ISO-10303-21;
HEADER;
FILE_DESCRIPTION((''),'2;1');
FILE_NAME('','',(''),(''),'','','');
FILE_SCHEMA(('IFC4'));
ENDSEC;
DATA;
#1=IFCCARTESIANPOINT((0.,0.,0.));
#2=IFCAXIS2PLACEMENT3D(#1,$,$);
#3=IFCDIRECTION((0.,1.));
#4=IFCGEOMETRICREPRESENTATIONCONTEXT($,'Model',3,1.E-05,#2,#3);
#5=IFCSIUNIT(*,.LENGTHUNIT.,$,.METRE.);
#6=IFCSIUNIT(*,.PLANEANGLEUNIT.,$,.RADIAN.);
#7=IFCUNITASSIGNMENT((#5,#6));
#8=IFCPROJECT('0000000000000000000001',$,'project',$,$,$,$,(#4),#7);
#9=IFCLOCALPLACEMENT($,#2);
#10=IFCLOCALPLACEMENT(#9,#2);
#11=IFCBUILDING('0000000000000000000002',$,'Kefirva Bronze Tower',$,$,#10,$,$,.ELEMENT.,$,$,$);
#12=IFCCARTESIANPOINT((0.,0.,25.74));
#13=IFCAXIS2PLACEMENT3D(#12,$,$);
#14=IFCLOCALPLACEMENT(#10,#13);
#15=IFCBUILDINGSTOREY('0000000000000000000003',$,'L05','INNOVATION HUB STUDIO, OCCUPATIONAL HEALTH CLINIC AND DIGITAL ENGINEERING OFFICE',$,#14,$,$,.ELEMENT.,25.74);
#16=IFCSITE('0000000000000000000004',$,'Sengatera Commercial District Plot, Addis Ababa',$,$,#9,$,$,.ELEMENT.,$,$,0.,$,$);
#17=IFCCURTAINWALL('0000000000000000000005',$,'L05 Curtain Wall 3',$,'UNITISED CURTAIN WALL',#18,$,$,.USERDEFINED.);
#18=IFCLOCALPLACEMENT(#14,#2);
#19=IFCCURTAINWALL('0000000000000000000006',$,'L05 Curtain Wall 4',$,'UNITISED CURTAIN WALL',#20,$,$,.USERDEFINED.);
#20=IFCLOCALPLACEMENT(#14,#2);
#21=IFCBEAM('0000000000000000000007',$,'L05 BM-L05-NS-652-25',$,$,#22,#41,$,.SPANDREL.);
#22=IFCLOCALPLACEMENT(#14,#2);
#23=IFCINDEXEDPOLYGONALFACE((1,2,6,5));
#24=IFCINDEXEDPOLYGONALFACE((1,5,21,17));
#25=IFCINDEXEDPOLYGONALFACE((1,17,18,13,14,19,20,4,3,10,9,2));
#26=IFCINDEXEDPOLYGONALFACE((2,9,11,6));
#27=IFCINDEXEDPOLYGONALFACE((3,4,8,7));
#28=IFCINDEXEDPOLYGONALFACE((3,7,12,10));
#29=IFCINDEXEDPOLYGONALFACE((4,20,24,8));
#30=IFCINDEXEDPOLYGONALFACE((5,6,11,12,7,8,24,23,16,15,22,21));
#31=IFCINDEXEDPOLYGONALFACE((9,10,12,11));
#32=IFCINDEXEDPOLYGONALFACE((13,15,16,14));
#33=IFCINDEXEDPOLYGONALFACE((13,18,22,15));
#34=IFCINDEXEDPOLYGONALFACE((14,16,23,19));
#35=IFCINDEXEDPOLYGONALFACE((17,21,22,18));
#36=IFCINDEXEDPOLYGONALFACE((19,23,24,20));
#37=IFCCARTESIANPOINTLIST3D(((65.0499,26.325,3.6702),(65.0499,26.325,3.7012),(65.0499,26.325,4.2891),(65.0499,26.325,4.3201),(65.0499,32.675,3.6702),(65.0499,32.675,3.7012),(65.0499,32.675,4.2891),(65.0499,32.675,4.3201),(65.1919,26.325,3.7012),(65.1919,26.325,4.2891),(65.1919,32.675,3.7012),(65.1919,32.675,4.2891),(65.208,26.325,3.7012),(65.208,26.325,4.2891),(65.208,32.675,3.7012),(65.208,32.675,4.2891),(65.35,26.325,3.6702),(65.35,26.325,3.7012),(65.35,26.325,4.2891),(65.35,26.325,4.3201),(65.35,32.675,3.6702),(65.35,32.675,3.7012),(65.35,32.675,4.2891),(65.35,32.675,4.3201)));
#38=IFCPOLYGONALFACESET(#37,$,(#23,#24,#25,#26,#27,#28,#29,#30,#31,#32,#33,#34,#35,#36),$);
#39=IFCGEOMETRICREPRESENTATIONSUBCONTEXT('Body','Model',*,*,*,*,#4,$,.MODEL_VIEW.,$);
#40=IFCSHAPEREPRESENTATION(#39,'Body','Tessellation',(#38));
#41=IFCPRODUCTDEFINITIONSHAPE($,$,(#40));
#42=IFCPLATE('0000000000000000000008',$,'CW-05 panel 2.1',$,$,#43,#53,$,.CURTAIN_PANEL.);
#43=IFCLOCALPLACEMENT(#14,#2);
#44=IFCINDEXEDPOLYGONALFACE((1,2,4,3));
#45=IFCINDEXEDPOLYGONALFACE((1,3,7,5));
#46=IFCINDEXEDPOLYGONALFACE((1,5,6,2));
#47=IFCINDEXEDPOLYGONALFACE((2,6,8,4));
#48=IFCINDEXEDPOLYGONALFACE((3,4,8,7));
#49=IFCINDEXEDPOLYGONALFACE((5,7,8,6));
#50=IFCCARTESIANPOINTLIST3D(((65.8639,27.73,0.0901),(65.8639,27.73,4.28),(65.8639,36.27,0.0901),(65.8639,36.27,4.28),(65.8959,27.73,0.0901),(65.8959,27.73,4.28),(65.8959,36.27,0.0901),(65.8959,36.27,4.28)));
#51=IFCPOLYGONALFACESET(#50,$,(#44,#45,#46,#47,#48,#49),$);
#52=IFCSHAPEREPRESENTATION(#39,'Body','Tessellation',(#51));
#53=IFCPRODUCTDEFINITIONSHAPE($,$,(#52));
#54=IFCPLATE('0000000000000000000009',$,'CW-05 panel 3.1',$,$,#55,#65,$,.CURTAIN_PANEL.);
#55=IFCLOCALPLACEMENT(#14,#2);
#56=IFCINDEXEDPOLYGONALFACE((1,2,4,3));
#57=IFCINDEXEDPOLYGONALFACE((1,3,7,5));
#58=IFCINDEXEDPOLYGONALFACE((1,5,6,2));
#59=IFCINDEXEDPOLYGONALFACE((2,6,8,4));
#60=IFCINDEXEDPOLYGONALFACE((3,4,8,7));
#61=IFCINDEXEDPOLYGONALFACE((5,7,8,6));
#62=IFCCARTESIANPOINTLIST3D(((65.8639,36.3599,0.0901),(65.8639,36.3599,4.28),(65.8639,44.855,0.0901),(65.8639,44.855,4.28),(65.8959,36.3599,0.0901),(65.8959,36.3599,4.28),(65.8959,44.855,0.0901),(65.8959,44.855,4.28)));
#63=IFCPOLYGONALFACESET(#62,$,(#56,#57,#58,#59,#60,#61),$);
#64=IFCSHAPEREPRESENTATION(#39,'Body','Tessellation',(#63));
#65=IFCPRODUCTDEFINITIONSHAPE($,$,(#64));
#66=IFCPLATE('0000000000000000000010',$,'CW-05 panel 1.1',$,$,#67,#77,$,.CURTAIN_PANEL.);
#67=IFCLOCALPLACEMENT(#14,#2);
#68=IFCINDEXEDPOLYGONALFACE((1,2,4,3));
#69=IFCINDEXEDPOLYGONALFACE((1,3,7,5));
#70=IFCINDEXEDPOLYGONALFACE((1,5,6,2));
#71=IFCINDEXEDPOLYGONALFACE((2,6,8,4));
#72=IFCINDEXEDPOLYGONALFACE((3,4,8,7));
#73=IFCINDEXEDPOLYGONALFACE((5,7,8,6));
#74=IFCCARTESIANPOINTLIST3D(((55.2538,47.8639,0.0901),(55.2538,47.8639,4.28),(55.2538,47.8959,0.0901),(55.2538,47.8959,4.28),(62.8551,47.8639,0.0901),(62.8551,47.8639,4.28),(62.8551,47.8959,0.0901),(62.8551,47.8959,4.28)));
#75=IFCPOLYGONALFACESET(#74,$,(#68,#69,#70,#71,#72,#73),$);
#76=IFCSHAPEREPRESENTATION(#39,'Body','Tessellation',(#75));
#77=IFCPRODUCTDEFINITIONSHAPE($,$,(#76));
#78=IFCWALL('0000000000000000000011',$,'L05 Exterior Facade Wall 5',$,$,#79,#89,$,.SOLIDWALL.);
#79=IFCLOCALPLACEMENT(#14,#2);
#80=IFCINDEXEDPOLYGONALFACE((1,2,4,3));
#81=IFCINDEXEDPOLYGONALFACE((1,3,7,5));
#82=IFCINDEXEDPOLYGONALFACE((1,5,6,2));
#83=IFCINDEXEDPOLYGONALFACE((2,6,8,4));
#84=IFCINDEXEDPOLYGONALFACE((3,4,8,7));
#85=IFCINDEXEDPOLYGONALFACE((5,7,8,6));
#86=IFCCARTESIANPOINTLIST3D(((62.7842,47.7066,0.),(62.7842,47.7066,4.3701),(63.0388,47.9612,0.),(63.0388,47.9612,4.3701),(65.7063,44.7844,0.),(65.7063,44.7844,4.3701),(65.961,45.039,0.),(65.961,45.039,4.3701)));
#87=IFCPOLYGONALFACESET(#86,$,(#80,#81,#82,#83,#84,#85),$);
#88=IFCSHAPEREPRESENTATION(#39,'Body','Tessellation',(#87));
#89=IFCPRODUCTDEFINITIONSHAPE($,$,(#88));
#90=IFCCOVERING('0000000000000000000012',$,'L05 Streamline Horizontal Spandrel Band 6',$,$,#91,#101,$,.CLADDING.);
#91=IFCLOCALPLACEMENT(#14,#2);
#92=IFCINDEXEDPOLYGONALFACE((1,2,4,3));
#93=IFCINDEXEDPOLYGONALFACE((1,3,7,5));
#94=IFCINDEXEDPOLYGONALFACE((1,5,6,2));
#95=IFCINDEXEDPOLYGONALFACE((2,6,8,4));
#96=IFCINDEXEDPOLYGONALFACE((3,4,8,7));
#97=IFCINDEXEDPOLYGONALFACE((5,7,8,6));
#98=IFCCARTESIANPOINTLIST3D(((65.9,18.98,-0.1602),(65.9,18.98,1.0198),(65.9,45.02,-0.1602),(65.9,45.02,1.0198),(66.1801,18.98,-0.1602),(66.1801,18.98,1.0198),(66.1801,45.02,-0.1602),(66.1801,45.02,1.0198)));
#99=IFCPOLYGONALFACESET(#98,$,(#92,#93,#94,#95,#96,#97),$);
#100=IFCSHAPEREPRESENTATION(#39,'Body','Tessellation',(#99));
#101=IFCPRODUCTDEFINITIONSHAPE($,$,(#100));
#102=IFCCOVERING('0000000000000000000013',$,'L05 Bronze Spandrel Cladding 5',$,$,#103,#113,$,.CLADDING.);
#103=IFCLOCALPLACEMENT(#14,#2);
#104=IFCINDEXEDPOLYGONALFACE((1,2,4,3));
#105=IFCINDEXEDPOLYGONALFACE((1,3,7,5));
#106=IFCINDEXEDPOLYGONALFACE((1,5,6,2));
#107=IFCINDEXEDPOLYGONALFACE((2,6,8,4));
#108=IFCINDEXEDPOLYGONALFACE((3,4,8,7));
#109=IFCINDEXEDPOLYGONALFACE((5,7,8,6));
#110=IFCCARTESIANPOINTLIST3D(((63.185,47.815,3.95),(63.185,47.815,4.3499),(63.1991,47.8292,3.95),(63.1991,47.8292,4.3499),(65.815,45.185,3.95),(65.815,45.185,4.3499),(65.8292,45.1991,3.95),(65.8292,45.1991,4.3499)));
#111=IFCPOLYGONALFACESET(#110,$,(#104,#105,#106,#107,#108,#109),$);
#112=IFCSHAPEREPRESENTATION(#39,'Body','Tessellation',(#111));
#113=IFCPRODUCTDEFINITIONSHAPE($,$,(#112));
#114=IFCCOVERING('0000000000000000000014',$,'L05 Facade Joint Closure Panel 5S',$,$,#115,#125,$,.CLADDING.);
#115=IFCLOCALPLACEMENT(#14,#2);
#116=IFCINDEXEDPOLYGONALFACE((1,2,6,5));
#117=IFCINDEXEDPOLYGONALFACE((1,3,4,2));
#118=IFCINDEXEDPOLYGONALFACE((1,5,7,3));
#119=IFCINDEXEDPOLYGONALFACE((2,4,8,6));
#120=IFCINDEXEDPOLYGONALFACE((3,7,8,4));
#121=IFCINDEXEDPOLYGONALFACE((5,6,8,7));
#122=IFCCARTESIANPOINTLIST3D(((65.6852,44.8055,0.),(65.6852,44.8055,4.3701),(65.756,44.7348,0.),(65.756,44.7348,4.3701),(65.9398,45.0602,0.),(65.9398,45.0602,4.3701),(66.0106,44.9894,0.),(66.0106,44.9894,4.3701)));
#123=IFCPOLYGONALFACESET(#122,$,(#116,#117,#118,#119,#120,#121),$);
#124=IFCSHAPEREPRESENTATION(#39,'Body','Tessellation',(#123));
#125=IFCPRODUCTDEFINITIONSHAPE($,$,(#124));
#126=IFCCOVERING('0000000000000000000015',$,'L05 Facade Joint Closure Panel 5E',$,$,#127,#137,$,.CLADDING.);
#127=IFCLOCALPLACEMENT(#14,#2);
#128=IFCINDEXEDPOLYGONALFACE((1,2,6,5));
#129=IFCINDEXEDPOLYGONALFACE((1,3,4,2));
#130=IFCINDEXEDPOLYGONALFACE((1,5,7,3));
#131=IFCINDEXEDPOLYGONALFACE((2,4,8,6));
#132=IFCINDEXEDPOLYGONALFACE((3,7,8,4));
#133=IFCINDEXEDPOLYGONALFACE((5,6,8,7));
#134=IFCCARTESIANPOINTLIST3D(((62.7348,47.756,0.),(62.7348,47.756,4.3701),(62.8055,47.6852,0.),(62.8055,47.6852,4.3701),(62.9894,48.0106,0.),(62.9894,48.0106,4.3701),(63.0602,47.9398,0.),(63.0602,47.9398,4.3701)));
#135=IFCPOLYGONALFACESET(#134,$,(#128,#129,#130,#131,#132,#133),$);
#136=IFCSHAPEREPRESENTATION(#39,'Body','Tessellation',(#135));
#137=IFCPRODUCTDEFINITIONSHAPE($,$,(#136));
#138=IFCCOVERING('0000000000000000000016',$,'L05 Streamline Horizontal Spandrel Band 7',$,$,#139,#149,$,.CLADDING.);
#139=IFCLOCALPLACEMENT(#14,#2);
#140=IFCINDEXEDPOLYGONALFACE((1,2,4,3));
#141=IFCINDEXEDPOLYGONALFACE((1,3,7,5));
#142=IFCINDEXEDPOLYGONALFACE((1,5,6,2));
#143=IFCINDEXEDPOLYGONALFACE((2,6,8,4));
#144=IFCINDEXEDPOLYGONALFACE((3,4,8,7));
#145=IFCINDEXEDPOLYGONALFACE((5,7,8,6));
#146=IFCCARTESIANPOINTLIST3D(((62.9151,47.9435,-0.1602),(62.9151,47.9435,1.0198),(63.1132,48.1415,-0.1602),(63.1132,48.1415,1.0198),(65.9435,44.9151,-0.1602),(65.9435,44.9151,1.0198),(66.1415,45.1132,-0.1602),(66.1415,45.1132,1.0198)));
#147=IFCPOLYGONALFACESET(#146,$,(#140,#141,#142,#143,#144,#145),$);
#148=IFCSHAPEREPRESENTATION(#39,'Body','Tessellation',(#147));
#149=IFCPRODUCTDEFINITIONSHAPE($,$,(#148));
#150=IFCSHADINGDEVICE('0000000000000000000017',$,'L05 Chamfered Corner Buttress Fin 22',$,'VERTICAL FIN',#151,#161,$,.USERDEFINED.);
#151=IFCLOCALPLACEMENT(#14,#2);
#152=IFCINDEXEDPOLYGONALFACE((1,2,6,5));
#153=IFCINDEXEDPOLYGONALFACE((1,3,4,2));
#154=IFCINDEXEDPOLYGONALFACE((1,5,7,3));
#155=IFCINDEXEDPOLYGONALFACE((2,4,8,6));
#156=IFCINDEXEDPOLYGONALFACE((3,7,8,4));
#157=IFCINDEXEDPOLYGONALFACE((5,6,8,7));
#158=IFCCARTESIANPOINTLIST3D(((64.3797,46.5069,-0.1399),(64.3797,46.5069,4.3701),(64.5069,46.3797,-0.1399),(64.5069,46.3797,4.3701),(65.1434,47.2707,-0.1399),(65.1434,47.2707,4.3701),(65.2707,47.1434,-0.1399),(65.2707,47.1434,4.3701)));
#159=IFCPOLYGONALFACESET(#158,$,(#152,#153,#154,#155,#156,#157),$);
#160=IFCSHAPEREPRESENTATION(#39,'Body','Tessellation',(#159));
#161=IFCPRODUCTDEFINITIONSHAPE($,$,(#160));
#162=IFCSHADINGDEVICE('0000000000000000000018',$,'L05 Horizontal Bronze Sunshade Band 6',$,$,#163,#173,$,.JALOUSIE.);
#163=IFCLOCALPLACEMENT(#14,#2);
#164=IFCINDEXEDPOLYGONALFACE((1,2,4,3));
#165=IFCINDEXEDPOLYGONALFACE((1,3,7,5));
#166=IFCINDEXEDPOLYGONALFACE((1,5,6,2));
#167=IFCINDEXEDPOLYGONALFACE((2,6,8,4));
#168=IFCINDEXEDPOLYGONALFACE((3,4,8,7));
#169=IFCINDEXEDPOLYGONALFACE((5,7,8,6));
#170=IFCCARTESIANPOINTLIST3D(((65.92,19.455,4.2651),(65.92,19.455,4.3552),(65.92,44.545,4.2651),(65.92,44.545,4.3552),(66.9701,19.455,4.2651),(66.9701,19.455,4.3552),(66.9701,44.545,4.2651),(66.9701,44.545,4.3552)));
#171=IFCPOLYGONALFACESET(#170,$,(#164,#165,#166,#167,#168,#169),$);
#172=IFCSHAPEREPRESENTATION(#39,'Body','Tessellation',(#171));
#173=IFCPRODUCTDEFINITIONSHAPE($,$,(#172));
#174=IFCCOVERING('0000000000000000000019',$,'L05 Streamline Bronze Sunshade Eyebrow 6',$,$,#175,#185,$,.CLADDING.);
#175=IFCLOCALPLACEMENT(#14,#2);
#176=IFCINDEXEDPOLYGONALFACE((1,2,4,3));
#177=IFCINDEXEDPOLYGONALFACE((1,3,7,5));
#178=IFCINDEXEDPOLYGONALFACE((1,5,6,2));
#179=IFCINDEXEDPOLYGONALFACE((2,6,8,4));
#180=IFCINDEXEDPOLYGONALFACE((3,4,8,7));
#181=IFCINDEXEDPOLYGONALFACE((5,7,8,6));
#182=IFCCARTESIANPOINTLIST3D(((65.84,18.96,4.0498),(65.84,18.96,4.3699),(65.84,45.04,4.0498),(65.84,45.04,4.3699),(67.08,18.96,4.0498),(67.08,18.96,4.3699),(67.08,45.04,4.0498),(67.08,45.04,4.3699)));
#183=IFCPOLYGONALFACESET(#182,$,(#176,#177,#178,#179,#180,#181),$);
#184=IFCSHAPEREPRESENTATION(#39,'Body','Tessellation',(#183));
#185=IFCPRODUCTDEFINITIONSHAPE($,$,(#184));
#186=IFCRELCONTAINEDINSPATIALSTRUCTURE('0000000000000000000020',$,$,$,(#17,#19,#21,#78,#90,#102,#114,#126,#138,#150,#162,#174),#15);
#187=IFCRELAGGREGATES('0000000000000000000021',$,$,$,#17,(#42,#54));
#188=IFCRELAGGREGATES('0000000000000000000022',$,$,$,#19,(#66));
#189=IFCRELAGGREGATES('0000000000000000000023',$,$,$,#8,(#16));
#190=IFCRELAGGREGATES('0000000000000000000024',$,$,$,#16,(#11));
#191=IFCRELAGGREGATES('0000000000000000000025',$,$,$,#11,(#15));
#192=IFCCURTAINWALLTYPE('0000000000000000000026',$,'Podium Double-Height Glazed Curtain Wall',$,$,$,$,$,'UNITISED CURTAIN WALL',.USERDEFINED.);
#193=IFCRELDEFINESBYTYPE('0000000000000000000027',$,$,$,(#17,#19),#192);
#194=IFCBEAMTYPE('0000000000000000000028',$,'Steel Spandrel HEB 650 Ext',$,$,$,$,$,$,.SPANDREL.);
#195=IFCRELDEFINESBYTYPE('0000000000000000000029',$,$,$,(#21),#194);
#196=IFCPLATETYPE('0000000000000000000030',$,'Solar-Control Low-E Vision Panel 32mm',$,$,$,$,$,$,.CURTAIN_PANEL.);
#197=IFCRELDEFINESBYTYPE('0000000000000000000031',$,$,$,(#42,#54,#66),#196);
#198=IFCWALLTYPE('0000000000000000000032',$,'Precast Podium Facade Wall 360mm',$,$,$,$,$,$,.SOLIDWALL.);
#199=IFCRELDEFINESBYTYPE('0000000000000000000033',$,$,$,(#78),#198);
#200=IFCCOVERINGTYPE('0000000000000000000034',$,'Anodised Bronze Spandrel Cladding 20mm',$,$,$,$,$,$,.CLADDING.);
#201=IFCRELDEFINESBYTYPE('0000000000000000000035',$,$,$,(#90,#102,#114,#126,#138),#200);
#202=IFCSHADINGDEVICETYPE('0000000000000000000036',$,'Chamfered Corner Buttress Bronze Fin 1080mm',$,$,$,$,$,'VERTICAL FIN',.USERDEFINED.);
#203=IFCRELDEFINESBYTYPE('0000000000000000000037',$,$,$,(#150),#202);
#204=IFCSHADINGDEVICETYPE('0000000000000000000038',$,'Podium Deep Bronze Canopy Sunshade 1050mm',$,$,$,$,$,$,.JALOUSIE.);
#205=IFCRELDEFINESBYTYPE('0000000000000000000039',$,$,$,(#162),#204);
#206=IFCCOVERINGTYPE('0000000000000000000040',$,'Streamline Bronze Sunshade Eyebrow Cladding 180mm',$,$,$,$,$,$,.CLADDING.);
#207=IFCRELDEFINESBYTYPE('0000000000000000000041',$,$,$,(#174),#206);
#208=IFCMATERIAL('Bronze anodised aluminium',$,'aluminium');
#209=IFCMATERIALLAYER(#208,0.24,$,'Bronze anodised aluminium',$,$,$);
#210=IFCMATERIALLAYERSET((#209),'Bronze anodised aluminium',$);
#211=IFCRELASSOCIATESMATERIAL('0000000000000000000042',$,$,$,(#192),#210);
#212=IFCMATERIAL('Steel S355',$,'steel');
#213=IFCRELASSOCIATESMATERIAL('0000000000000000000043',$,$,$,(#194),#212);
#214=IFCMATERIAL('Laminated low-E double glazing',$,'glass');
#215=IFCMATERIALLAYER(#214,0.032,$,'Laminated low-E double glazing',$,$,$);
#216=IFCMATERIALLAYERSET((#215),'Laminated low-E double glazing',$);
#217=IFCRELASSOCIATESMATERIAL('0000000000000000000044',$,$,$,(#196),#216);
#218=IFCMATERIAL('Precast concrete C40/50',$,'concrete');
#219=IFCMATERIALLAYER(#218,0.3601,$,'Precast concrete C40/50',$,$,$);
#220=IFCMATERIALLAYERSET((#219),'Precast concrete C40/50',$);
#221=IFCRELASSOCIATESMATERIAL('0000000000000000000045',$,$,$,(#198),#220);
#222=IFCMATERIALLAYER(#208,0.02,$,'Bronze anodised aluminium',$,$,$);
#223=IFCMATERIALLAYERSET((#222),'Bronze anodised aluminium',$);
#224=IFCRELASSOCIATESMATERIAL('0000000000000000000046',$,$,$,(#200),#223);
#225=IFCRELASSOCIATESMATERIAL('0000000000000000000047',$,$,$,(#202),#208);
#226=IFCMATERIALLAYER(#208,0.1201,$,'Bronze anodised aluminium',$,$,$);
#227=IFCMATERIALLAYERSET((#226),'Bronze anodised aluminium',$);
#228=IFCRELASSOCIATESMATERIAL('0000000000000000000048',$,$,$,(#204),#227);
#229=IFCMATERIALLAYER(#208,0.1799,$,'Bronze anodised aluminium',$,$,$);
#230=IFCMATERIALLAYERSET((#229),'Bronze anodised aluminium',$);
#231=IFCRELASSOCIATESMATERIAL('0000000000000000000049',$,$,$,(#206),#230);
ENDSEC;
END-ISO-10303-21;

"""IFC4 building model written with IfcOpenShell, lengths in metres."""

from ifc_helpers import new_model, si_unit, direction, frame, frame_2d, origin, origin_2d, place, context, subcontext, project, spatial, rectangle, i_section, extrude, material, layer, layer_set, material_profile, profile_set, type_object, element, aggregate, save


model = new_model("IFC4")

# Units and contexts
model_context = context("Model", 3, precision=1e-05, world=origin(), true_north=direction((0.0, 1.0)))
body_context = subcontext(model_context, "Body", "Model", "MODEL_VIEW")
ifc_project = project(units=[si_unit("LENGTHUNIT", "METRE"), si_unit("PLANEANGLEUNIT", "RADIAN")], contexts=[model_context])

# Site, building, storey
site_placement = place(None, origin())
site = spatial("IfcSite", under=ifc_project, at=site_placement, Name="Sengatera Commercial District Plot, Addis Ababa", CompositionType="ELEMENT", RefElevation=0.0)
building_placement = place(site_placement, origin())
building = spatial("IfcBuilding", under=site, at=building_placement, Name="Kefirva Bronze Tower", CompositionType="ELEMENT")
storey_placement = place(building_placement, frame((0.0, 0.0, 25.74)))
storey = spatial("IfcBuildingStorey", under=building, at=storey_placement, Name="L05", Description="INNOVATION HUB STUDIO, OCCUPATIONAL HEALTH CLINIC AND DIGITAL ENGINEERING OFFICE", CompositionType="ELEMENT", Elevation=25.74)

# Curtain wall
ifc_material_1 = material(Name="Bronze anodised aluminium", Category="aluminium")
ifc_layer_1 = layer(ifc_material_1, 0.24, Name="Bronze anodised aluminium")
ifc_layer_set_1 = layer_set([ifc_layer_1], Name="Bronze anodised aluminium")
curtain_wall_type = type_object("IfcCurtainWallType", Name="Podium Double-Height Glazed Curtain Wall", ElementType="UNITISED CURTAIN WALL", PredefinedType="USERDEFINED", material=ifc_layer_set_1)
curtain_wall_1_placement = place(storey_placement, origin())
curtain_wall_1 = element("IfcCurtainWall", 1, at=curtain_wall_1_placement, inside=storey, type_object=curtain_wall_type, Name="L05 Curtain Wall 3", ObjectType="UNITISED CURTAIN WALL", PredefinedType="USERDEFINED")

# Curtain wall
curtain_wall_2_placement = place(storey_placement, origin())
curtain_wall_2 = element("IfcCurtainWall", 2, at=curtain_wall_2_placement, inside=storey, type_object=curtain_wall_type, Name="L05 Curtain Wall 4", ObjectType="UNITISED CURTAIN WALL", PredefinedType="USERDEFINED")

# Beam
ifc_material_2 = material(Name="Steel S355", Category="steel")
ifc_material_profile_1 = material_profile(ifc_material_2, i_section(OverallWidth=0.3, OverallDepth=0.6499, WebThickness=0.0161, FlangeThickness=0.031, at=origin_2d()), Name="HEB 650")
ifc_profile_set_1 = profile_set([ifc_material_profile_1], Name="Steel S355")
beam_type_1 = type_object("IfcBeamType", Name="Steel Spandrel HEB 650 Ext", PredefinedType="SPANDREL", material=ifc_profile_set_1)
beam_1_placement = place(storey_placement, frame((65.2, 26.325, 3.9951), z_axis=(0.0, 1.0, 0.0), x_axis=(-1.0, 0.0, 0.0)))
element("IfcBeam", 3, at=beam_1_placement, inside=storey, type_object=beam_type_1, Name="L05 BM-L05-NS-652-25", PredefinedType="SPANDREL", context=body_context, shape_type="SweptSolid", body=[
    extrude(i_section(OverallWidth=0.3, OverallDepth=0.6499, WebThickness=0.0161, FlangeThickness=0.031, at=origin_2d()), origin(), (0.0, 0.0, 1.0), 6.3501),
])

# Plates
ifc_material_3 = material(Name="Laminated low-E double glazing", Category="glass")
ifc_layer_2 = layer(ifc_material_3, 0.032, Name="Laminated low-E double glazing")
ifc_layer_set_2 = layer_set([ifc_layer_2], Name="Laminated low-E double glazing")
plate_type = type_object("IfcPlateType", Name="Solar-Control Low-E Vision Panel 32mm", PredefinedType="CURTAIN_PANEL", material=ifc_layer_set_2)
plate_1_placement = place(storey_placement, frame((65.8799, 32.0, 0.0901), z_axis=(0.0, 0.0, 1.0), x_axis=(0.0, 1.0, 0.0)))
plate_1 = element("IfcPlate", 4, at=plate_1_placement, type_object=plate_type, Name="CW-05 panel 2.1", PredefinedType="CURTAIN_PANEL", context=body_context, shape_type="SweptSolid", body=[
    extrude(rectangle(XDim=8.54, YDim=0.032, at=origin_2d()), origin(), (0.0, 0.0, 1.0), 4.1899),
])
plate_2_placement = place(storey_placement, frame((65.8799, 40.6074, 0.0901), z_axis=(0.0, 0.0, 1.0), x_axis=(0.0, 1.0, 0.0)))
plate_2 = element("IfcPlate", 5, at=plate_2_placement, type_object=plate_type, Name="CW-05 panel 3.1", PredefinedType="CURTAIN_PANEL", context=body_context, shape_type="SweptSolid", body=[
    extrude(rectangle(XDim=8.4951, YDim=0.032, at=origin_2d()), origin(), (0.0, 0.0, 1.0), 4.1899),
])
aggregate(curtain_wall_1, [plate_1, plate_2])
plate_3_placement = place(storey_placement, frame((59.0544, 47.8799, 0.0901), z_axis=(0.0, 0.0, 1.0), x_axis=(-1.0, 0.0, 0.0)))
plate_3 = element("IfcPlate", 6, at=plate_3_placement, type_object=plate_type, Name="CW-05 panel 1.1", PredefinedType="CURTAIN_PANEL", context=body_context, shape_type="SweptSolid", body=[
    extrude(rectangle(XDim=7.6013, YDim=0.032, at=origin_2d()), origin(), (0.0, 0.0, 1.0), 4.1899),
])
aggregate(curtain_wall_2, [plate_3])

# Wall
ifc_material_4 = material(Name="Precast concrete C40/50", Category="concrete")
ifc_layer_3 = layer(ifc_material_4, 0.3601, Name="Precast concrete C40/50")
ifc_layer_set_3 = layer_set([ifc_layer_3], Name="Precast concrete C40/50")
wall_type = type_object("IfcWallType", Name="Precast Podium Facade Wall 360mm", PredefinedType="SOLIDWALL", material=ifc_layer_set_3)
wall_placement = place(storey_placement, frame((65.8337, 44.9116, 0.0), z_axis=(0.0, 0.0, 1.0), x_axis=(-0.707107, 0.707107, 0.0)))
element("IfcWall", 7, at=wall_placement, inside=storey, type_object=wall_type, Name="L05 Exterior Facade Wall 5", PredefinedType="SOLIDWALL", context=body_context, shape_type="SweptSolid", body=[
    extrude(rectangle(XDim=4.1326, YDim=0.3601, at=frame_2d((2.0664, 0.0))), origin(), (0.0, 0.0, 1.0), 4.3701),
])

# Coverings
ifc_layer_4 = layer(ifc_material_1, 0.02, Name="Bronze anodised aluminium")
ifc_layer_set_4 = layer_set([ifc_layer_4], Name="Bronze anodised aluminium")
covering_type_1 = type_object("IfcCoveringType", Name="Anodised Bronze Spandrel Cladding 20mm", PredefinedType="CLADDING", material=ifc_layer_set_4)
covering_1_placement = place(storey_placement, frame((66.04, 32.0, -0.1602), z_axis=(0.0, 0.0, 1.0), x_axis=(0.0, 1.0, 0.0)))
element("IfcCovering", 8, at=covering_1_placement, inside=storey, type_object=covering_type_1, Name="L05 Streamline Horizontal Spandrel Band 6", PredefinedType="CLADDING", context=body_context, shape_type="SweptSolid", body=[
    extrude(rectangle(XDim=26.04, YDim=0.28, at=origin_2d()), origin(), (0.0, 0.0, 1.0), 1.1799),
])
covering_2_placement = place(storey_placement, frame((64.5071, 46.5071, 3.95), z_axis=(0.0, 0.0, 1.0), x_axis=(-0.707107, 0.707107, 0.0)))
element("IfcCovering", 9, at=covering_2_placement, inside=storey, type_object=covering_type_1, Name="L05 Bronze Spandrel Cladding 5", PredefinedType="CLADDING", context=body_context, shape_type="SweptSolid", body=[
    extrude(rectangle(XDim=3.7195, YDim=0.02, at=origin_2d()), origin(), (0.0, 0.0, 1.0), 0.3999),
])
for number, where, z_axis, x_axis, name in (
    (10, (65.8479, 44.8975, 0.0), (0.0, 0.0, 1.0), (-0.707107, 0.707107, 0.0), "L05 Facade Joint Closure Panel 5S"),
    (11, (62.8975, 47.8479, 0.0), (0.0, 0.0, 1.0), (-0.707107, 0.707107, 0.0), "L05 Facade Joint Closure Panel 5E"),
):
    element("IfcCovering", number, at=place(storey_placement, frame(where, z_axis=z_axis, x_axis=x_axis)), inside=storey, type_object=covering_type_1, Name=name, PredefinedType="CLADDING", context=body_context, shape_type="SweptSolid", body=[
        extrude(rectangle(XDim=0.1001, YDim=0.3601, at=origin_2d()), origin(), (0.0, 0.0, 1.0), 4.3701),
    ])
covering_3_placement = place(storey_placement, frame((64.5283, 46.5283, -0.1602), z_axis=(0.0, 0.0, 1.0), x_axis=(-0.707107, 0.707107, 0.0)))
element("IfcCovering", 12, at=covering_3_placement, inside=storey, type_object=covering_type_1, Name="L05 Streamline Horizontal Spandrel Band 7", PredefinedType="CLADDING", context=body_context, shape_type="SweptSolid", body=[
    extrude(rectangle(XDim=4.2827, YDim=0.28, at=origin_2d()), origin(), (0.0, 0.0, 1.0), 1.1799),
])

# Shading devices
ifc_material_profile_2 = material_profile(ifc_material_1, rectangle(XDim=0.1799, YDim=1.0801, at=origin_2d()), Name="BRONZE BUTTRESS FIN 180x1080")
ifc_profile_set_2 = profile_set([ifc_material_profile_2], Name="Bronze anodised aluminium")
shading_device_type_1 = type_object("IfcShadingDeviceType", Name="Chamfered Corner Buttress Bronze Fin 1080mm", ElementType="VERTICAL FIN", PredefinedType="USERDEFINED", material=ifc_profile_set_2)
shading_device_1_placement = place(storey_placement, frame((64.8252, 46.8252, -0.1399), z_axis=(0.0, 0.0, 1.0), x_axis=(-0.707107, 0.707107, 0.0)))
element("IfcShadingDevice", 13, at=shading_device_1_placement, inside=storey, type_object=shading_device_type_1, Name="L05 Chamfered Corner Buttress Fin 22", ObjectType="VERTICAL FIN", PredefinedType="USERDEFINED", context=body_context, shape_type="SweptSolid", body=[
    extrude(rectangle(XDim=0.1799, YDim=1.0801, at=origin_2d()), origin(), (0.0, 0.0, 1.0), 4.51),
])
ifc_layer_5 = layer(ifc_material_1, 0.1201, Name="Bronze anodised aluminium")
ifc_layer_set_5 = layer_set([ifc_layer_5], Name="Bronze anodised aluminium")
shading_device_type_2 = type_object("IfcShadingDeviceType", Name="Podium Deep Bronze Canopy Sunshade 1050mm", PredefinedType="JALOUSIE", material=ifc_layer_set_5)
shading_device_2_placement = place(storey_placement, frame((66.4451, 32.0, 4.2651), z_axis=(0.0, 0.0, 1.0), x_axis=(0.0, 1.0, 0.0)))
element("IfcShadingDevice", 14, at=shading_device_2_placement, inside=storey, type_object=shading_device_type_2, Name="L05 Horizontal Bronze Sunshade Band 6", PredefinedType="JALOUSIE", context=body_context, shape_type="SweptSolid", body=[
    extrude(rectangle(XDim=25.0901, YDim=1.05, at=origin_2d()), origin(), (0.0, 0.0, 1.0), 0.0901),
])

# Covering
ifc_layer_6 = layer(ifc_material_1, 0.1799, Name="Bronze anodised aluminium")
ifc_layer_set_6 = layer_set([ifc_layer_6], Name="Bronze anodised aluminium")
covering_type_2 = type_object("IfcCoveringType", Name="Streamline Bronze Sunshade Eyebrow Cladding 180mm", PredefinedType="CLADDING", material=ifc_layer_set_6)
covering_4_placement = place(storey_placement, frame((66.46, 32.0, 4.0498), z_axis=(0.0, 0.0, 1.0), x_axis=(0.0, 1.0, 0.0)))
element("IfcCovering", 15, at=covering_4_placement, inside=storey, type_object=covering_type_2, Name="L05 Streamline Bronze Sunshade Eyebrow 6", PredefinedType="CLADDING", context=body_context, shape_type="SweptSolid", body=[
    extrude(rectangle(XDim=26.0801, YDim=1.24, at=origin_2d()), origin(), (0.0, 0.0, 1.0), 0.3201),
])

save(model, "model.ifc")
